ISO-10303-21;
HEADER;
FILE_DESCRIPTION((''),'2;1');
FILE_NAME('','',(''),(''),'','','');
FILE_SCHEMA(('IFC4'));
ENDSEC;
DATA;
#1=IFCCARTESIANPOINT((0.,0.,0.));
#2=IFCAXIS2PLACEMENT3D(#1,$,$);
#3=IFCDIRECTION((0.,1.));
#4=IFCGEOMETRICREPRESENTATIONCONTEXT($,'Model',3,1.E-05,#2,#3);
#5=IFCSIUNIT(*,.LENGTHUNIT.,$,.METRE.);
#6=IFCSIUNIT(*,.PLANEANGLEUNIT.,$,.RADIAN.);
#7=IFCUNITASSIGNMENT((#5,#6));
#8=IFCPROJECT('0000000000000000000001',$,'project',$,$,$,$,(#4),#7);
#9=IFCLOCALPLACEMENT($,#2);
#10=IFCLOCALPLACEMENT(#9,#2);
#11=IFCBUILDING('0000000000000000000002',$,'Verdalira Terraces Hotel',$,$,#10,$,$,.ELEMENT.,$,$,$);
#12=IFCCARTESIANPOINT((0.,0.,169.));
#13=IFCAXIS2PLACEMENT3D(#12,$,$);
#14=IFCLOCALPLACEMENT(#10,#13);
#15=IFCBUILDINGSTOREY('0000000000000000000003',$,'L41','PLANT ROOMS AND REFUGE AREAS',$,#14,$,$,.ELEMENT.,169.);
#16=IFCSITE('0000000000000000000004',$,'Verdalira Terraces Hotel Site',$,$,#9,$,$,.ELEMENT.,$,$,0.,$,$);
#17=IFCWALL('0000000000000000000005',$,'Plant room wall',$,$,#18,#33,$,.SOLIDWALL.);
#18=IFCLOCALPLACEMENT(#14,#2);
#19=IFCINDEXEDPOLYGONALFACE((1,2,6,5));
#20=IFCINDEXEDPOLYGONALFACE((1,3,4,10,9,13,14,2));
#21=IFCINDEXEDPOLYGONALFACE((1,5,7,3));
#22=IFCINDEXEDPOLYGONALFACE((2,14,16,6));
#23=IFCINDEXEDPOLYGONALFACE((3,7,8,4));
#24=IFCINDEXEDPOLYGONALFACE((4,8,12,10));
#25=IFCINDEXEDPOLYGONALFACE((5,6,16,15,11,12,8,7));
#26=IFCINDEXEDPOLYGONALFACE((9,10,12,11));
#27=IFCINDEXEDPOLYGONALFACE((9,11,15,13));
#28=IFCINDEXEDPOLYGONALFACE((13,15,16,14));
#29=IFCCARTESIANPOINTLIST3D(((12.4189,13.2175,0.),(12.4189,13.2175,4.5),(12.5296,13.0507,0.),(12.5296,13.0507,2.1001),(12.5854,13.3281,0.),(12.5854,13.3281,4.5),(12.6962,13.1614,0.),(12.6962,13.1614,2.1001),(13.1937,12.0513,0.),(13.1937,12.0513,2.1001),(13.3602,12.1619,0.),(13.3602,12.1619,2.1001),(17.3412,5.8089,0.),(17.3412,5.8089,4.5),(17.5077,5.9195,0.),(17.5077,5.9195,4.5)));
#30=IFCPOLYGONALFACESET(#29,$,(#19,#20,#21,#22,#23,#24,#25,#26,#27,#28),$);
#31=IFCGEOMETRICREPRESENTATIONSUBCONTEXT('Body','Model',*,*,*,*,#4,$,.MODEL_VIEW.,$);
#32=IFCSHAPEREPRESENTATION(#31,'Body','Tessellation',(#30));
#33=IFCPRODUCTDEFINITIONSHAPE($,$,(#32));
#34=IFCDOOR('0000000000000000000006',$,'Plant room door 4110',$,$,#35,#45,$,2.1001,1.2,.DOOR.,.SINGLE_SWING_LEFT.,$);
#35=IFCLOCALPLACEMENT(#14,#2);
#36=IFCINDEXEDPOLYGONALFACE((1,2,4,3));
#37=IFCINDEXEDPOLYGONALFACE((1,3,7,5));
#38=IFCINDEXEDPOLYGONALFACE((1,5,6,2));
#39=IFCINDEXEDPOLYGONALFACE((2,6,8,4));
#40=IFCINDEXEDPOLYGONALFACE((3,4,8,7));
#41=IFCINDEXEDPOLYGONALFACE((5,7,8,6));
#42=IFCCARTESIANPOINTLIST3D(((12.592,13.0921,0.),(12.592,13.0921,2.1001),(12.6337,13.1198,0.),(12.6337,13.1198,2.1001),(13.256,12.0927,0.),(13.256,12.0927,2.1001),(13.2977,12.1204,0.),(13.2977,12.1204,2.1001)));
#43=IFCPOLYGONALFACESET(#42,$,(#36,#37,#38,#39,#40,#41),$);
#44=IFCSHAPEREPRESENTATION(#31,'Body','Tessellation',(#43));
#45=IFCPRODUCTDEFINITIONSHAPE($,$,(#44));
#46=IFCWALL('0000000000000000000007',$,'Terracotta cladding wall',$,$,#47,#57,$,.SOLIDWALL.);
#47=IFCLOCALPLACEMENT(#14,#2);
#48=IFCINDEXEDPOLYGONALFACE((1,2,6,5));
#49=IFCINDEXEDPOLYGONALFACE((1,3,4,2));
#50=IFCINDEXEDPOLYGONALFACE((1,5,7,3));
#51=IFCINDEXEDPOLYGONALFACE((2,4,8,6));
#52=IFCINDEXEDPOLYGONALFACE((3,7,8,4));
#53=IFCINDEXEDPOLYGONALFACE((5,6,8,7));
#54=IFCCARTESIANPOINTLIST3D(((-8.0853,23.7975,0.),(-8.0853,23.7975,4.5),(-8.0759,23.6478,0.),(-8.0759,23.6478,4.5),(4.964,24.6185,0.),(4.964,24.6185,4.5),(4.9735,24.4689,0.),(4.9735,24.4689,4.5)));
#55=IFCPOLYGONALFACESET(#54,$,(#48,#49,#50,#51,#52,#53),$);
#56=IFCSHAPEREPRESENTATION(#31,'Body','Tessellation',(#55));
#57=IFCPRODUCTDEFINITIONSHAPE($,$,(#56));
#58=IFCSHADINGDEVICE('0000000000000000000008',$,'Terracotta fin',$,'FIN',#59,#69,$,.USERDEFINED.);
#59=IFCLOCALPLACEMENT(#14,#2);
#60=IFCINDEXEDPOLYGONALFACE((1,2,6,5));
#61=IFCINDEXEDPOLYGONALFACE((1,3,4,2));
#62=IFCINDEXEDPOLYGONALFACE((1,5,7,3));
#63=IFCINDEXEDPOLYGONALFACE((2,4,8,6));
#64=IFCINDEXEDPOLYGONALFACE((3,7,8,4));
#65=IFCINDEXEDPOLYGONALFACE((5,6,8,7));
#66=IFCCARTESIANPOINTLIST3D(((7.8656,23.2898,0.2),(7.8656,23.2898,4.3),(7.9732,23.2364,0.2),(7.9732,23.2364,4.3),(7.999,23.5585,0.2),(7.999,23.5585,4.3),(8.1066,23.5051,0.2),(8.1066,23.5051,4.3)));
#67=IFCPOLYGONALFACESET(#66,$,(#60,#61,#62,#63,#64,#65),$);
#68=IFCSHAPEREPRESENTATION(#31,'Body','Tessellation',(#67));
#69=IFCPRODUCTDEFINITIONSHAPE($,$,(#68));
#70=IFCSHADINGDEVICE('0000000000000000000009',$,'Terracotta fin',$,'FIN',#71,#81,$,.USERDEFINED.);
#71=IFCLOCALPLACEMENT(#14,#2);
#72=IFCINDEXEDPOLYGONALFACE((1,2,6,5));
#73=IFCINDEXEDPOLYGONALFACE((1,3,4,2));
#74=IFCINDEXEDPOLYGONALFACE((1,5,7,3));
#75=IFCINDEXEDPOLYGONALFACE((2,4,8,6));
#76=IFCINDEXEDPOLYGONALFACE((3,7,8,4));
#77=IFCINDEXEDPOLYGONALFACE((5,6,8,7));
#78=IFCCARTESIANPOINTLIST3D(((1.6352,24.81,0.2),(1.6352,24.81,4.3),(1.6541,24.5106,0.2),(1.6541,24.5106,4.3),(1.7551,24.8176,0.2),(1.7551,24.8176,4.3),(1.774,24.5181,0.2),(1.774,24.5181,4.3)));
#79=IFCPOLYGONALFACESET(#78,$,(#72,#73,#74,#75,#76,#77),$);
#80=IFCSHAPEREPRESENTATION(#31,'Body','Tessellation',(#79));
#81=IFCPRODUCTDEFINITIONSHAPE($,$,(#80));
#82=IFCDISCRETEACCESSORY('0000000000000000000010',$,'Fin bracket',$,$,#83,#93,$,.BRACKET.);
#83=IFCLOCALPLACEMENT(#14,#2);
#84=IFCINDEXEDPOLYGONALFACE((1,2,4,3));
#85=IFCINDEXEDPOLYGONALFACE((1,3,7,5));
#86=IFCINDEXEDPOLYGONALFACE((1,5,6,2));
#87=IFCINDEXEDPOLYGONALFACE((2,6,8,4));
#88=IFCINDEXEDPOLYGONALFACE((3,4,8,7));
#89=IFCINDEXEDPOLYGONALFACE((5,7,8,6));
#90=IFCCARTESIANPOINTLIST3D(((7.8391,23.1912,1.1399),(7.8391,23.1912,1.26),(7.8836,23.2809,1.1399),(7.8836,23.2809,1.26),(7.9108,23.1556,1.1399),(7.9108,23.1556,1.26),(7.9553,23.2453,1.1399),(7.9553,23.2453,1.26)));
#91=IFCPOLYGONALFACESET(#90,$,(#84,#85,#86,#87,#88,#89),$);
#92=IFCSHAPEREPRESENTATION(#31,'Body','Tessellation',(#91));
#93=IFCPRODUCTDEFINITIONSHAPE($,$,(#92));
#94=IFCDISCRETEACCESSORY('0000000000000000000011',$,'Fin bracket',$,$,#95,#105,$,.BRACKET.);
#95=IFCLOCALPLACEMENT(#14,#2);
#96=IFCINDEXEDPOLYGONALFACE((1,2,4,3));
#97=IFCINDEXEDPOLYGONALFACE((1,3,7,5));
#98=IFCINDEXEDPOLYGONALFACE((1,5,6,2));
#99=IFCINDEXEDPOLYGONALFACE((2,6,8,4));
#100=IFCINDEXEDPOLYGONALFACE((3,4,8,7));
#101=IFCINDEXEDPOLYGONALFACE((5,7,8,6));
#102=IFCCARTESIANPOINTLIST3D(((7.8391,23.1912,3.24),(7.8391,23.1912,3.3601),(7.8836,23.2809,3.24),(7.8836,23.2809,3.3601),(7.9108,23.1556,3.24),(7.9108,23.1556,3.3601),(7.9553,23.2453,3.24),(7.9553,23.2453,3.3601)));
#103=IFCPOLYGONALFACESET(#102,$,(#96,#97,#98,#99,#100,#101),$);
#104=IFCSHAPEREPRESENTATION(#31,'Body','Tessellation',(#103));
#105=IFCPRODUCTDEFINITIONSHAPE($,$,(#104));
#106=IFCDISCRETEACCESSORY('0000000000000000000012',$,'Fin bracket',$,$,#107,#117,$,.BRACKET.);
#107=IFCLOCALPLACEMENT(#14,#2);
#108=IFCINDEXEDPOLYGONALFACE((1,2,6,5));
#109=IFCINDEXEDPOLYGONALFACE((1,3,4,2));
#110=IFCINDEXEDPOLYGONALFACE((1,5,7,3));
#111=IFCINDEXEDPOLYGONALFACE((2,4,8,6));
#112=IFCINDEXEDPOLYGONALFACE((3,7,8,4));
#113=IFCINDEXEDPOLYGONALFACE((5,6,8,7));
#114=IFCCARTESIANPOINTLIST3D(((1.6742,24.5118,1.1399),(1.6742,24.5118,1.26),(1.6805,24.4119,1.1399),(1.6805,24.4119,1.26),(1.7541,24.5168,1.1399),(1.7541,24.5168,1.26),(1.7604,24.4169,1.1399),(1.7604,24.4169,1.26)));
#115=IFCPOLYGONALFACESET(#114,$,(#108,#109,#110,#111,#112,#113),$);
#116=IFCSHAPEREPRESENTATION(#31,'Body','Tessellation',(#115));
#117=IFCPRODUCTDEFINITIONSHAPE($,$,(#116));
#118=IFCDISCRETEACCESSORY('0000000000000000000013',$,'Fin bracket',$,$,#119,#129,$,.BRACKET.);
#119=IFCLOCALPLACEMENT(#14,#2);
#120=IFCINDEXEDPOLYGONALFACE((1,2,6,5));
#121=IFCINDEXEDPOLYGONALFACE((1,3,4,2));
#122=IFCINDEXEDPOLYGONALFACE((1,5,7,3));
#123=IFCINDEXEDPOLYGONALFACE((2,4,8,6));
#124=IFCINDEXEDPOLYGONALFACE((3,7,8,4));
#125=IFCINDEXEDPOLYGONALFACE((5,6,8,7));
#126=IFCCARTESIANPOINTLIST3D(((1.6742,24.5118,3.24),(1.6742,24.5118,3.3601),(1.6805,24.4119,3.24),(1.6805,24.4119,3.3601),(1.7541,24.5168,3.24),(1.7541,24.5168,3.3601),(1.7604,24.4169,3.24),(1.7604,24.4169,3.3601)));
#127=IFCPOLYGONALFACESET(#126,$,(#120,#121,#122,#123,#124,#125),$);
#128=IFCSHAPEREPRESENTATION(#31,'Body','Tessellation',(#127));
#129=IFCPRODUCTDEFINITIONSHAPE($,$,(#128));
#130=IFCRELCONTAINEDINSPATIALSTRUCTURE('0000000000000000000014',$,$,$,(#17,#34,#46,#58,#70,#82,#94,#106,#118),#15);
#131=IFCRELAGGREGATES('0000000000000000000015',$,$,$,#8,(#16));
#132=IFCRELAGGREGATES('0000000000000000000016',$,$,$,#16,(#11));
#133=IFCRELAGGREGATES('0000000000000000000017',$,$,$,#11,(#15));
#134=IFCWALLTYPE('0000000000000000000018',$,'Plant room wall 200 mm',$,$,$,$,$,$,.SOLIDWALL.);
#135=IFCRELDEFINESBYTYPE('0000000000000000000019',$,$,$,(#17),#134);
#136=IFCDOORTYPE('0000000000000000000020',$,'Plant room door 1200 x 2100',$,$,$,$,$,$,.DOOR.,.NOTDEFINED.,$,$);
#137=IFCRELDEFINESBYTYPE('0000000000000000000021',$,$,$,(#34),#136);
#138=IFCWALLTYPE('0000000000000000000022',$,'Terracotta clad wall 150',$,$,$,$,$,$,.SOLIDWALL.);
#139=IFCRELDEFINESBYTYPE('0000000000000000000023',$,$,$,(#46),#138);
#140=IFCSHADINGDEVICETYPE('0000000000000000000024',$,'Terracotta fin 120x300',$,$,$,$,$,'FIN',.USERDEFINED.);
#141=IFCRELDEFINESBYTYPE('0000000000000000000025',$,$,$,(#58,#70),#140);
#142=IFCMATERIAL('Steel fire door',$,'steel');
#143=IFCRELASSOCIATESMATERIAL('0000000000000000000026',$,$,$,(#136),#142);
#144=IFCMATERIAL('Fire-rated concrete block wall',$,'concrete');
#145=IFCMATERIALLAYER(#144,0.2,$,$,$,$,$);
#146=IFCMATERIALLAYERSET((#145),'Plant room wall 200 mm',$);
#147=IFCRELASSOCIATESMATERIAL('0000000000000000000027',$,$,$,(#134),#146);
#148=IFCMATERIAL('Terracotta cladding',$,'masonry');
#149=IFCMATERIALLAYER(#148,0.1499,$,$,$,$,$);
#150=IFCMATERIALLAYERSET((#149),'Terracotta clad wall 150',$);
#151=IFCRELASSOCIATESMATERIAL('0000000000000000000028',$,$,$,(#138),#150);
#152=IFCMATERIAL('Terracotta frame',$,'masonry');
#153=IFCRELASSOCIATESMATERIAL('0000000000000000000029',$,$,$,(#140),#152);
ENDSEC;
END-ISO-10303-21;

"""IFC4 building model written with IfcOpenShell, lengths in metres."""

from ifc_helpers import new_model, si_unit, direction, frame, frame_2d, origin, origin_2d, place, context, subcontext, project, spatial, rectangle, extrude, material, layer, layer_set, material_profile, profile_set, type_object, element, fill, save


model = new_model("IFC4")

# Units and contexts
model_context = context("Model", 3, precision=1e-05, world=origin(), true_north=direction((0.0, 1.0)))
body_context = subcontext(model_context, "Body", "Model", "MODEL_VIEW")
ifc_project = project(units=[si_unit("LENGTHUNIT", "METRE"), si_unit("PLANEANGLEUNIT", "RADIAN")], contexts=[model_context])

# Site, building, storey
site_placement = place(None, origin())
site = spatial("IfcSite", under=ifc_project, at=site_placement, Name="Verdalira Terraces Hotel Site", CompositionType="ELEMENT", RefElevation=0.0)
building_placement = place(site_placement, origin())
building = spatial("IfcBuilding", under=site, at=building_placement, Name="Verdalira Terraces Hotel", CompositionType="ELEMENT")
storey_placement = place(building_placement, frame((0.0, 0.0, 169.0)))
storey = spatial("IfcBuildingStorey", under=building, at=storey_placement, Name="L41", Description="PLANT ROOMS AND REFUGE AREAS", CompositionType="ELEMENT", Elevation=169.0)

# Shared definitions
ifc_material_1 = material(Name="Steel fire door", Category="steel")
door_type_1 = type_object("IfcDoorType", Name="Plant room door 1200 x 2100", OperationType="NOTDEFINED", PredefinedType="DOOR", material=ifc_material_1)

# Shared definitions
ifc_material_2 = material(Name="Fire-rated concrete block wall", Category="concrete")
ifc_layer_1 = layer(ifc_material_2, 0.2)
ifc_layer_set_1 = layer_set([ifc_layer_1], Name="Plant room wall 200 mm")
wall_type_1 = type_object("IfcWallType", Name="Plant room wall 200 mm", PredefinedType="SOLIDWALL", material=ifc_layer_set_1)

# Wall, opening, door
wall_1_placement = place(storey_placement, frame((12.5022, 13.2727, 0.0), z_axis=(0.0, 0.0, 1.0), x_axis=(0.553395, -0.832919, 0.0)))
wall_1 = element("IfcWall", 1, at=wall_1_placement, inside=storey, type_object=wall_type_1, Name="Plant room wall", PredefinedType="SOLIDWALL", context=body_context, shape_type="SweptSolid", body=[
    extrude(rectangle(XDim=8.8948, YDim=0.2, at=frame_2d((4.4473, 0.0))), origin(), (0.0, 0.0, 1.0), 4.5),
])
opening_1_placement = place(wall_1_placement, frame((0.2, 0.0, 0.0)))
opening_1 = element("IfcOpeningElement", 2, at=opening_1_placement, cuts=wall_1, PredefinedType="OPENING", context=body_context, shape_type="SweptSolid", body=[
    extrude(rectangle(XDim=1.2, YDim=2.1001, at=frame_2d((0.6001, 1.05))), frame((0.0, 0.1099, 0.0), z_axis=(0.0, -1.0, 0.0), x_axis=(1.0, 0.0, 0.0)), (0.0, 0.0, 1.0), 0.22),
])
door_1_placement = place(opening_1_placement, origin())
door_1 = element("IfcDoor", 3, at=door_1_placement, inside=storey, type_object=door_type_1, Name="Plant room door 4110", OperationType="SINGLE_SWING_LEFT", OverallHeight=2.1001, OverallWidth=1.2, PredefinedType="DOOR", context=body_context, shape_type="SweptSolid", body=[
    extrude(rectangle(XDim=1.2, YDim=2.1001, at=frame_2d((0.6001, 1.05))), frame((0.0, 0.0249, 0.0), z_axis=(0.0, -1.0, 0.0), x_axis=(1.0, 0.0, 0.0)), (0.0, 0.0, 1.0), 0.05),
])
fill(opening_1, door_1)

# Wall
ifc_material_3 = material(Name="Terracotta cladding", Category="masonry")
ifc_layer_2 = layer(ifc_material_3, 0.1499)
ifc_layer_set_2 = layer_set([ifc_layer_2], Name="Terracotta clad wall 150")
wall_type_2 = type_object("IfcWallType", Name="Terracotta clad wall 150", PredefinedType="SOLIDWALL", material=ifc_layer_set_2)
wall_2_placement = place(storey_placement, frame((4.9688, 24.5437, 0.0), z_axis=(0.0, 0.0, 1.0), x_axis=(-0.998026, -0.062794, 0.0)))
element("IfcWall", 4, at=wall_2_placement, inside=storey, type_object=wall_type_2, Name="Terracotta cladding wall", PredefinedType="SOLIDWALL", context=body_context, shape_type="SweptSolid", body=[
    extrude(rectangle(XDim=13.0752, YDim=0.1499, at=frame_2d((6.5376, 0.0))), origin(), (0.0, 0.0, 1.0), 4.5),
])

# Shading devices
ifc_material_4 = material(Name="Terracotta frame", Category="masonry")
ifc_material_profile_1 = material_profile(ifc_material_4, rectangle(XDim=0.1201, YDim=0.3, at=origin_2d()), Name="FIN 120x300")
ifc_profile_set_1 = profile_set([ifc_material_profile_1], Name="Terracotta frame")
shading_device_type = type_object("IfcShadingDeviceType", Name="Terracotta fin 120x300", ElementType="FIN", PredefinedType="USERDEFINED", material=ifc_profile_set_1)
for number, where, z_axis, x_axis, name in (
    (5, (7.9861, 23.3975, 0.2), (0.0, 0.0, 1.0), (-0.895712, 0.444635, 0.0), "Terracotta fin"),
    (6, (1.7046, 24.6641, 0.2), (0.0, 0.0, 1.0), (-0.998027, -0.062791, 0.0), "Terracotta fin"),
):
    element("IfcShadingDevice", number, at=place(storey_placement, frame(where, z_axis=z_axis, x_axis=x_axis)), inside=storey, type_object=shading_device_type, Name=name, ObjectType="FIN", PredefinedType="USERDEFINED", context=body_context, shape_type="SweptSolid", body=[
        extrude(rectangle(XDim=0.1201, YDim=0.3, at=origin_2d()), origin(), (0.0, 0.0, 1.0), 4.1001),
    ])

# Discrete accessories
for number, where, z_axis, x_axis, name in (
    (7, (7.8972, 23.2183, 1.1399), (0.0, 0.0, 1.0), (-0.895712, 0.444635, 0.0), "Fin bracket"),
    (8, (7.8972, 23.2183, 3.24), (0.0, 0.0, 1.0), (-0.895712, 0.444635, 0.0), "Fin bracket"),
    (9, (1.7173, 24.4644, 1.1399), (0.0, 0.0, 1.0), (-0.998027, -0.062791, 0.0), "Fin bracket"),
    (10, (1.7173, 24.4644, 3.24), (0.0, 0.0, 1.0), (-0.998027, -0.062791, 0.0), "Fin bracket"),
):
    element("IfcDiscreteAccessory", number, at=place(storey_placement, frame(where, z_axis=z_axis, x_axis=x_axis)), inside=storey, Name=name, PredefinedType="BRACKET", context=body_context, shape_type="SweptSolid", body=[
        extrude(rectangle(XDim=0.0801, YDim=0.1001, at=origin_2d()), origin(), (0.0, 0.0, 1.0), 0.1201),
    ])

save(model, "model.ifc")
